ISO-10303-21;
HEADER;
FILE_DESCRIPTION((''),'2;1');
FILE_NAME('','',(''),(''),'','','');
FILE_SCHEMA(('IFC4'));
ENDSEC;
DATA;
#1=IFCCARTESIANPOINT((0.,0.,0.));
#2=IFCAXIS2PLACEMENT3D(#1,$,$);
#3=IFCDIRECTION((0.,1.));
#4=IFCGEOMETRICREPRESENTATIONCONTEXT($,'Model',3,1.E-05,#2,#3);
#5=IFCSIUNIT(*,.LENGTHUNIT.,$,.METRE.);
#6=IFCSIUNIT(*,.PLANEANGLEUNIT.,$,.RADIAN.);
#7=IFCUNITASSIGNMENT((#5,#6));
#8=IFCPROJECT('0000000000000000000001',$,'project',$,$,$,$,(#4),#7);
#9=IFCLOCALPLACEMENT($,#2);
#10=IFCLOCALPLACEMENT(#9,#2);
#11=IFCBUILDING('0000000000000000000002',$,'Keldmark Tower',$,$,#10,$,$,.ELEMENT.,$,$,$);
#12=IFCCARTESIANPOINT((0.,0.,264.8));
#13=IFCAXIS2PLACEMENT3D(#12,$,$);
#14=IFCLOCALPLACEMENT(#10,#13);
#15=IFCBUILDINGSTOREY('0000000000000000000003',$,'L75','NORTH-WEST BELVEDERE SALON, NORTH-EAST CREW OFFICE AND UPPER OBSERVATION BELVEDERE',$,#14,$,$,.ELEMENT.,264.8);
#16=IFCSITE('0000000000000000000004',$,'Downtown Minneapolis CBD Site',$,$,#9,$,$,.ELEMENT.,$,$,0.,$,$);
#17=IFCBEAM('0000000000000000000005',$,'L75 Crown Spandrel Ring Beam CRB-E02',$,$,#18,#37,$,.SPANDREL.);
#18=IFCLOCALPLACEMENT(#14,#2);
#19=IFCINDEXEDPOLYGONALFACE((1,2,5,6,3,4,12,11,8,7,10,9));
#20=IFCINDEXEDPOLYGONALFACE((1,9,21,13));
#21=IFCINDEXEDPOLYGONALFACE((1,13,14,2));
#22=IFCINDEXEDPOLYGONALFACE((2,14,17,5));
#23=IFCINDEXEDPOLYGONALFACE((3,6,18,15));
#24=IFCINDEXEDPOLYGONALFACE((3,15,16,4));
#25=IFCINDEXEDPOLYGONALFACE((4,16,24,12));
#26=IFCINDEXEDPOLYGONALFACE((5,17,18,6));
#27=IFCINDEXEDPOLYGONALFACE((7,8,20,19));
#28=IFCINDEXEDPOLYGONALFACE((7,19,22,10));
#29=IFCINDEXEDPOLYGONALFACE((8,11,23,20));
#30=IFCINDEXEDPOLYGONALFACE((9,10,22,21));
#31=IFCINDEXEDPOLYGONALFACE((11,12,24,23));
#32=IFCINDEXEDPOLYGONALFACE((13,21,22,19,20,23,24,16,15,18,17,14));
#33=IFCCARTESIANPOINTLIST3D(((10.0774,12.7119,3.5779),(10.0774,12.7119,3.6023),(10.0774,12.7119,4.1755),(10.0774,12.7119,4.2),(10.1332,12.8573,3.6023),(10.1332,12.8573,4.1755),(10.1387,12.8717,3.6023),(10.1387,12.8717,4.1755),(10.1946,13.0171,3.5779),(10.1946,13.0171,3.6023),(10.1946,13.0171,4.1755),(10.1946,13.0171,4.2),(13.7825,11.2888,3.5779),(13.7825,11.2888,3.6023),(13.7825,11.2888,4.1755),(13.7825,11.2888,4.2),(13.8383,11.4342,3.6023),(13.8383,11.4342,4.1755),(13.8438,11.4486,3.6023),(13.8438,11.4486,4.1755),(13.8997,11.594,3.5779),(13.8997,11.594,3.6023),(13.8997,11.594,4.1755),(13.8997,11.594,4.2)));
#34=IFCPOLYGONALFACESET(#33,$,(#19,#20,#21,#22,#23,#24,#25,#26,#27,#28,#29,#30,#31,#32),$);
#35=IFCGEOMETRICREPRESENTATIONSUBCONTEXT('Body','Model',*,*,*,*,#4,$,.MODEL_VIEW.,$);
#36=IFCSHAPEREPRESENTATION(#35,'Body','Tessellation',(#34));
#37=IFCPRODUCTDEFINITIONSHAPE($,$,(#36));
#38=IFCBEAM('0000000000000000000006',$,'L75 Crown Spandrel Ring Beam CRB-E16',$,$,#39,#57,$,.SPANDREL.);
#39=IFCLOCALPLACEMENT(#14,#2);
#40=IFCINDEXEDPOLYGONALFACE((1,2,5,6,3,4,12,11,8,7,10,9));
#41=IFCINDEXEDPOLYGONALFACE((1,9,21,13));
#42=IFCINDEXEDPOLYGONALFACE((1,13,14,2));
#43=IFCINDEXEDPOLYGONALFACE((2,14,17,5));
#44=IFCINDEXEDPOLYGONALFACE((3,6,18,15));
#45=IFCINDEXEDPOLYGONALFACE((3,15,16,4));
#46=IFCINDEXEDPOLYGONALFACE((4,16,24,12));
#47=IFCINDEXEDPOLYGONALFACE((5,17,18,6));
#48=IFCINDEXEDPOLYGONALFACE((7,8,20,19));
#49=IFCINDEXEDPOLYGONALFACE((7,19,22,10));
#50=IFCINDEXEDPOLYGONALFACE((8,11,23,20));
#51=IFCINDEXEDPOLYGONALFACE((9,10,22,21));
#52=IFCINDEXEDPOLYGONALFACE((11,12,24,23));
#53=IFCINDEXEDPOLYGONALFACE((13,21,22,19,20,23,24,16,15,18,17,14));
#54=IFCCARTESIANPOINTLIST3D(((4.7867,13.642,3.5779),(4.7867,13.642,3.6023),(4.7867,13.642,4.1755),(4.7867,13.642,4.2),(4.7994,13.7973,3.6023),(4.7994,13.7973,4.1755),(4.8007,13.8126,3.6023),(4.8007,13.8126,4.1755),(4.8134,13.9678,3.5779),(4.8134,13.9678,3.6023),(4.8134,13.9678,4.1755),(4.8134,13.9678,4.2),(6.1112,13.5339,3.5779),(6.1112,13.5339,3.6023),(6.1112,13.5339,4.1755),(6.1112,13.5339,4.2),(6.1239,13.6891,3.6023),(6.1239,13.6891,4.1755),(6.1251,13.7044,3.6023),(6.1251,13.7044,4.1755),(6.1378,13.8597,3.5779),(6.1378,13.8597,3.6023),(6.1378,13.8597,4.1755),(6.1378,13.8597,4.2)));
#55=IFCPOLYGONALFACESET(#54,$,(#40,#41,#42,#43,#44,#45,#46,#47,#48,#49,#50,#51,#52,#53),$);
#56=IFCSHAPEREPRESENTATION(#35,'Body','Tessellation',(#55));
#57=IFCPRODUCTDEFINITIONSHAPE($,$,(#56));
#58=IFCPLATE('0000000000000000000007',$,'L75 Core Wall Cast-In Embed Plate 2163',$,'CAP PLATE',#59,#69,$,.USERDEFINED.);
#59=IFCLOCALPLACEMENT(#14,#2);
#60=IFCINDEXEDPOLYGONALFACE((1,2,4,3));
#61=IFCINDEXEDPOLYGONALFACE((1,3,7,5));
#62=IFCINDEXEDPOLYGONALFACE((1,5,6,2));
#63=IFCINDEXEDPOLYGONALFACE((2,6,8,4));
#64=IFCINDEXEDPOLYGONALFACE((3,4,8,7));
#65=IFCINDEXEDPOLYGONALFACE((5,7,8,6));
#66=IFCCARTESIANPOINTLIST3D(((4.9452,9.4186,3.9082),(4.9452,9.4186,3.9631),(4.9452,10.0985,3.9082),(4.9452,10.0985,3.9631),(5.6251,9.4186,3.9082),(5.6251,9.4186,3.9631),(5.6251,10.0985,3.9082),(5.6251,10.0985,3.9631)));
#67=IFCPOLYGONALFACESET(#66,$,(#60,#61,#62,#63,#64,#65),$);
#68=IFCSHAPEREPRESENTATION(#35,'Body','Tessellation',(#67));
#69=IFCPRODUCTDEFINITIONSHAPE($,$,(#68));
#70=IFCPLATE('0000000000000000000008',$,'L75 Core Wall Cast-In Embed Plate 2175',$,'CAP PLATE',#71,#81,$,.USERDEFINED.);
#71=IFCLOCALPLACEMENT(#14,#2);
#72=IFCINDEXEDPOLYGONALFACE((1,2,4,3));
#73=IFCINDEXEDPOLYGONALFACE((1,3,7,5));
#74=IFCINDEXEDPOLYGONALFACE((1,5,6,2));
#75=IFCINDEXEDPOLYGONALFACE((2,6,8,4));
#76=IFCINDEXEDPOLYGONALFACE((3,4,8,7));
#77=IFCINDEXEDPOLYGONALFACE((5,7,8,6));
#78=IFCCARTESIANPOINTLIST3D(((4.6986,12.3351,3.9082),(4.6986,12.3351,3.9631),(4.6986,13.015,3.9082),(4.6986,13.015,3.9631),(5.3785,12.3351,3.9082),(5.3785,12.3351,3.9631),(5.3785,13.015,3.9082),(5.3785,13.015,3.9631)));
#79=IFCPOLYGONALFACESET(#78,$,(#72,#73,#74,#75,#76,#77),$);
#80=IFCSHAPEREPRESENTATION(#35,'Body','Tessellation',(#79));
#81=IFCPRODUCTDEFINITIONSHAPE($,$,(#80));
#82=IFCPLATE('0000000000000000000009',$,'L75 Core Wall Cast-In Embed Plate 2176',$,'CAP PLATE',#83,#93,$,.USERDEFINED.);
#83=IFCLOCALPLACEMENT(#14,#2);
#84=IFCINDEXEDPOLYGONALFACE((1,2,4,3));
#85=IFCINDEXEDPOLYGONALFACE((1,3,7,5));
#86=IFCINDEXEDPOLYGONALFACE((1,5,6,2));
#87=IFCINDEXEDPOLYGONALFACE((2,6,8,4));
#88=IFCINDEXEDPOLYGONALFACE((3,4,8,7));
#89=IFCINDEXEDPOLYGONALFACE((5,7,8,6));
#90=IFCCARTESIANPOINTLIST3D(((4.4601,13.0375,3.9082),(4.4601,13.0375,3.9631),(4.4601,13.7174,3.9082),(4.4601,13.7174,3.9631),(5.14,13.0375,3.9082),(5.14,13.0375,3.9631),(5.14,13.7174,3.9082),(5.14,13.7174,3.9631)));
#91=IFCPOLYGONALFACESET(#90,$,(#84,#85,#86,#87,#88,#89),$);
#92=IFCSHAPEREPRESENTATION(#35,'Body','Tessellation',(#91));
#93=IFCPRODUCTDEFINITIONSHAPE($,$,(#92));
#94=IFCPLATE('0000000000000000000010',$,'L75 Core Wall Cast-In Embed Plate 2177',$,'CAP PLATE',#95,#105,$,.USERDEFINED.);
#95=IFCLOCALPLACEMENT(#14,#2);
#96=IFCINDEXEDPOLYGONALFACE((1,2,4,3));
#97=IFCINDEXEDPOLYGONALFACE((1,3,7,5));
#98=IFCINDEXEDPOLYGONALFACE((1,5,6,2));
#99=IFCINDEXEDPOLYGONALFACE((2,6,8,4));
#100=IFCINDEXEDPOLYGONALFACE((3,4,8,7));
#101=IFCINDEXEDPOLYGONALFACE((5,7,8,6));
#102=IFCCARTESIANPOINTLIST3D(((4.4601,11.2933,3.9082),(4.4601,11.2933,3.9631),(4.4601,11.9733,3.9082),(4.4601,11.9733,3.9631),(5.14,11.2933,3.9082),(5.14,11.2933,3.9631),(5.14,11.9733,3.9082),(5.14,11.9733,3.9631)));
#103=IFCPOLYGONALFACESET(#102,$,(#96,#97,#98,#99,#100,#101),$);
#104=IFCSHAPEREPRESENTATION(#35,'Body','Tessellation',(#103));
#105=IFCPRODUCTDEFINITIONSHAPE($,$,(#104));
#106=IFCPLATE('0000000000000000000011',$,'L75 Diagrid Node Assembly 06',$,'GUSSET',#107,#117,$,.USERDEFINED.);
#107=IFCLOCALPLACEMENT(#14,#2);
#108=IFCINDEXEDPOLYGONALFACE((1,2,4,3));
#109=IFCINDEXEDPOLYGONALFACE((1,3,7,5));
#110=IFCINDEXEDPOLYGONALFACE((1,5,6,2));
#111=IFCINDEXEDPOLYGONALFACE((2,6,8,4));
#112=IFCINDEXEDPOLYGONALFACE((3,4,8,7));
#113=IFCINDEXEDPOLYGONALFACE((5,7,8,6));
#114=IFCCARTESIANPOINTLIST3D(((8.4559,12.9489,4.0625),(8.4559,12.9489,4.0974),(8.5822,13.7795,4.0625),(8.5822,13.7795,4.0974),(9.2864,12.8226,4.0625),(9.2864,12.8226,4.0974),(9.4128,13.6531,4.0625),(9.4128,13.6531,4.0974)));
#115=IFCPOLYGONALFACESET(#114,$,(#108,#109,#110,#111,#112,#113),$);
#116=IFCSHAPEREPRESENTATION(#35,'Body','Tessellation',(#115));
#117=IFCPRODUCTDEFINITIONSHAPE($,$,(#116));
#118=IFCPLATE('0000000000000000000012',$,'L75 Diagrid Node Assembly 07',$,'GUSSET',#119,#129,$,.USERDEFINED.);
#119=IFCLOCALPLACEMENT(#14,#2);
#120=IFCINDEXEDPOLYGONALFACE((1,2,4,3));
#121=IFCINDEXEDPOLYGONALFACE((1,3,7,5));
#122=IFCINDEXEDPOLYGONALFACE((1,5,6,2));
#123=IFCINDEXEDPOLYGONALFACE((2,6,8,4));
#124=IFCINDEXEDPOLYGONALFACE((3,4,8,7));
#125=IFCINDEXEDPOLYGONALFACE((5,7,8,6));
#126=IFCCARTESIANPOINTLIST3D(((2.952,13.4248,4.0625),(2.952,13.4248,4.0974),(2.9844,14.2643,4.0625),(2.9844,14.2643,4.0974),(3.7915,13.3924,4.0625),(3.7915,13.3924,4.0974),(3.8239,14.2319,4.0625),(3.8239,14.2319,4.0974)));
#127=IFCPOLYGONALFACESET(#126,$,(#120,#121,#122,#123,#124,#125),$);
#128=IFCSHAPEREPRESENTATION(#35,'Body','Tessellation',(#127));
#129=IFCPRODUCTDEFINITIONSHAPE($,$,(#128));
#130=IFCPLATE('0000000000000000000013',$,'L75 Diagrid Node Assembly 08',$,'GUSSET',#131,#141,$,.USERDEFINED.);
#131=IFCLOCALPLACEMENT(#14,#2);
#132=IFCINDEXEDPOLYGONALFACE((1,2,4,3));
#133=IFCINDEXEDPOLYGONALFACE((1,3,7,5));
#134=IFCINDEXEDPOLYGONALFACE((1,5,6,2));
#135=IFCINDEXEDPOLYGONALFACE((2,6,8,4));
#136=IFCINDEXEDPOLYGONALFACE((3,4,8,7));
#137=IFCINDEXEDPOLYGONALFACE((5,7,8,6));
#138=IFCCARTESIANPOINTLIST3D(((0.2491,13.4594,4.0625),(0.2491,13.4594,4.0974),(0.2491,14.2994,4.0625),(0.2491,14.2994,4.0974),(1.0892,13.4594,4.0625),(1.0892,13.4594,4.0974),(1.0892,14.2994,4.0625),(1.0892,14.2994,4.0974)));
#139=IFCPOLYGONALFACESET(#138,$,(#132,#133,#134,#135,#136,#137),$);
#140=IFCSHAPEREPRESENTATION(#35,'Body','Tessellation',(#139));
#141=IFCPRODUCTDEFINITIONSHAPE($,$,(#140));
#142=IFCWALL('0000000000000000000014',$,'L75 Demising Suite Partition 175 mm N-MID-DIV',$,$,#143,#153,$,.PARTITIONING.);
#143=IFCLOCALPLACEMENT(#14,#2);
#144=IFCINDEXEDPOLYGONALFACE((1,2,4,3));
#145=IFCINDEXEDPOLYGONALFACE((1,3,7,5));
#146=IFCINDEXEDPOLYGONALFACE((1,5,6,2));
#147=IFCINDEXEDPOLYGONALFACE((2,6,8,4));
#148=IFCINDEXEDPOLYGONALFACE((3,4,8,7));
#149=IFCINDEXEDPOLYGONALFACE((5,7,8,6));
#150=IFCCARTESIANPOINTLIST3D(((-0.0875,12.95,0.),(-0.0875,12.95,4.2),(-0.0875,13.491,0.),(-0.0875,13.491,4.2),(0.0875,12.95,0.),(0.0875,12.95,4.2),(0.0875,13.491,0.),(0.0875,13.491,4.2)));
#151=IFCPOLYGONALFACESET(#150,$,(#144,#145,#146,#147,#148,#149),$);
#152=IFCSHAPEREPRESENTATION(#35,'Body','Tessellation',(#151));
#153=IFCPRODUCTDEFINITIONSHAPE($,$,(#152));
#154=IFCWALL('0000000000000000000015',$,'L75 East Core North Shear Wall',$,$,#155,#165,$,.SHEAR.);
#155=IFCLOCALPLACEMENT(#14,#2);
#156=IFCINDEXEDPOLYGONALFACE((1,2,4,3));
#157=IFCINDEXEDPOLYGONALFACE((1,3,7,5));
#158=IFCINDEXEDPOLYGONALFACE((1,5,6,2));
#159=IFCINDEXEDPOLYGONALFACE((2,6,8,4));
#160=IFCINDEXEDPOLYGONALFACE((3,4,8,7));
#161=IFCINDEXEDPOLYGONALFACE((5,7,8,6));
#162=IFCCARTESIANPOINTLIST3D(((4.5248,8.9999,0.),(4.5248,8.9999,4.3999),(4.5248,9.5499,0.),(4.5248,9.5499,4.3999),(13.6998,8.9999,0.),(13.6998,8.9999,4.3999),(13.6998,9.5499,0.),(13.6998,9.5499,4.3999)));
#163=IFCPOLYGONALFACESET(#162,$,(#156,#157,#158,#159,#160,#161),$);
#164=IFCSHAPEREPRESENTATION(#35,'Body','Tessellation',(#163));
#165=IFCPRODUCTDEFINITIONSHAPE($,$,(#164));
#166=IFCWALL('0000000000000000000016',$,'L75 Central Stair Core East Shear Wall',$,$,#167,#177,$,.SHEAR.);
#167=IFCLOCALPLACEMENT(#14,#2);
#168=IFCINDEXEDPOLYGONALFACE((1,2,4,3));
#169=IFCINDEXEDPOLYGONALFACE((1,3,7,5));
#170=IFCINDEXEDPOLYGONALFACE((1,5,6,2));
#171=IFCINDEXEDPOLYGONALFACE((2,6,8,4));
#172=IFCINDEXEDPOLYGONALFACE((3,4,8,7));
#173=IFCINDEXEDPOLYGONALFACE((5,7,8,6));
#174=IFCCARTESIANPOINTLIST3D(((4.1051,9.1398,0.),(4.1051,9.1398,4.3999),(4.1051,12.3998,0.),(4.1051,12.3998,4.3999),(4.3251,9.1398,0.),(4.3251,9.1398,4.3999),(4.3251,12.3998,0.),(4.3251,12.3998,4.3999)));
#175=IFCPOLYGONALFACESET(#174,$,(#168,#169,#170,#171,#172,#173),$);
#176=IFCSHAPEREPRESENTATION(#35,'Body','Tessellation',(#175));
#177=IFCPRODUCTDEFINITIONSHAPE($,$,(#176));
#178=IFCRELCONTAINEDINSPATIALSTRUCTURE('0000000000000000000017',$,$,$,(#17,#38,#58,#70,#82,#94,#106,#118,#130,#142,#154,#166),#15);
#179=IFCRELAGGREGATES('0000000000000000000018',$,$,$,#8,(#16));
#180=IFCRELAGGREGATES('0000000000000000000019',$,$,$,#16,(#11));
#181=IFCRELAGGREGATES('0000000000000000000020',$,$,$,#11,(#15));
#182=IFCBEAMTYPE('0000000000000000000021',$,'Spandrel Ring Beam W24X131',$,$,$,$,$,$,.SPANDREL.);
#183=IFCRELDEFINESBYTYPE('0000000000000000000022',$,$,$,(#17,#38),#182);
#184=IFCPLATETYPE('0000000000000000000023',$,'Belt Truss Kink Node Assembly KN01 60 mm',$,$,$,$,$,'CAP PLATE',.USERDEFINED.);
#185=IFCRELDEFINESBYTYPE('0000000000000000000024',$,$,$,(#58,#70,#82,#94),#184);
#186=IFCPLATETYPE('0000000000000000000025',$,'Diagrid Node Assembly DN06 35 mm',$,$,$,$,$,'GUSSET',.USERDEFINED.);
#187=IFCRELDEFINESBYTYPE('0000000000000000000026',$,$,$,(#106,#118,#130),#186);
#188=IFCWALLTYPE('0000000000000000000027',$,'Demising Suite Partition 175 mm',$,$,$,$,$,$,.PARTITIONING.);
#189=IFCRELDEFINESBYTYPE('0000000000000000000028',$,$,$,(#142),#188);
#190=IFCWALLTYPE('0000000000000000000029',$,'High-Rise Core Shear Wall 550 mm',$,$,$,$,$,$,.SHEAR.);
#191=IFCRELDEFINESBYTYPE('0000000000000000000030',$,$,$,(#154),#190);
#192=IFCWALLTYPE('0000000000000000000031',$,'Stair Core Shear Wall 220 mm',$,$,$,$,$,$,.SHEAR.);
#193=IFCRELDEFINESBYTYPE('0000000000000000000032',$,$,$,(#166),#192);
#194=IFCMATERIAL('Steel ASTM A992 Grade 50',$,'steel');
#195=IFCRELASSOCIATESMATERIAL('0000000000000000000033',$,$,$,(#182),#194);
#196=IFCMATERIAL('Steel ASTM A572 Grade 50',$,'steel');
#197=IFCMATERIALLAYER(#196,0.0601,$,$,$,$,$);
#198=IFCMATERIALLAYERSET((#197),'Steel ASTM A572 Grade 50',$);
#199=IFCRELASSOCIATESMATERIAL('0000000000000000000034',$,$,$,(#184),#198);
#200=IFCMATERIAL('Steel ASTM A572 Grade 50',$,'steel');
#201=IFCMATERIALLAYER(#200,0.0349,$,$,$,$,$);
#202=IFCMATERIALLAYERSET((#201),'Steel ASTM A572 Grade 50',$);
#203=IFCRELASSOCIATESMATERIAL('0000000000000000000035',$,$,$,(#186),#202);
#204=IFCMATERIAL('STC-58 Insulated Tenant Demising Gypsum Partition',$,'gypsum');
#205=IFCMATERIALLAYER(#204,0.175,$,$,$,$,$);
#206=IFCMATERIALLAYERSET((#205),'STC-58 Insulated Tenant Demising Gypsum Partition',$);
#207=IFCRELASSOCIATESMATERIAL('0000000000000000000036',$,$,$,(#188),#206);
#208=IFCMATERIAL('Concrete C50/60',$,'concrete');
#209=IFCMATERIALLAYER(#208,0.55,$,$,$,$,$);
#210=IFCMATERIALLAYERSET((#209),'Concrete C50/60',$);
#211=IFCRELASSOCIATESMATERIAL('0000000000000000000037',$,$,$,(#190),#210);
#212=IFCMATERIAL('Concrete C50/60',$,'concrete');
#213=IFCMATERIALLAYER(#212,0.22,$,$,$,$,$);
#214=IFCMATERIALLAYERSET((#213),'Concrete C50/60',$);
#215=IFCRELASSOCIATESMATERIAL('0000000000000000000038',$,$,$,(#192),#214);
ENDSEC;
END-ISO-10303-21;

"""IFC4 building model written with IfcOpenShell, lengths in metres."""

from ifc_helpers import new_model, si_unit, direction, frame, frame_2d, origin, origin_2d, place, context, subcontext, project, spatial, rectangle, i_section, extrude, material, layer, layer_set, material_profile, profile_set, type_object, element, save


model = new_model("IFC4")

# Units and contexts
model_context = context("Model", 3, precision=1e-05, world=origin(), true_north=direction((0.0, 1.0)))
body_context = subcontext(model_context, "Body", "Model", "MODEL_VIEW")
ifc_project = project(units=[si_unit("LENGTHUNIT", "METRE"), si_unit("PLANEANGLEUNIT", "RADIAN")], contexts=[model_context])

# Site, building, storey
site_placement = place(None, origin())
site = spatial("IfcSite", under=ifc_project, at=site_placement, Name="Downtown Minneapolis CBD Site", CompositionType="ELEMENT", RefElevation=0.0)
building_placement = place(site_placement, origin())
building = spatial("IfcBuilding", under=site, at=building_placement, Name="Keldmark Tower", CompositionType="ELEMENT")
storey_placement = place(building_placement, frame((0.0, 0.0, 264.8)))
storey = spatial("IfcBuildingStorey", under=building, at=storey_placement, Name="L75", Description="NORTH-WEST BELVEDERE SALON, NORTH-EAST CREW OFFICE AND UPPER OBSERVATION BELVEDERE", CompositionType="ELEMENT", Elevation=264.8)

# Beams
ifc_material_1 = material(Name="Steel ASTM A992 Grade 50", Category="steel")
ifc_material_profile_1 = material_profile(ifc_material_1, i_section(OverallWidth=0.3269, OverallDepth=0.6221, WebThickness=0.0154, FlangeThickness=0.0244, at=origin_2d()), Name="W24X131")
ifc_profile_set_1 = profile_set([ifc_material_profile_1], Name="Steel ASTM A992 Grade 50")
beam_type_1 = type_object("IfcBeamType", Name="Spandrel Ring Beam W24X131", PredefinedType="SPANDREL", material=ifc_profile_set_1)
beam_1_placement = place(storey_placement, frame((10.136, 12.8645, 3.8889), z_axis=(0.933509, -0.358554, 0.0), x_axis=(0.358554, 0.933509, 0.0)))
element("IfcBeam", 1, at=beam_1_placement, inside=storey, type_object=beam_type_1, Name="L75 Crown Spandrel Ring Beam CRB-E02", PredefinedType="SPANDREL", context=body_context, shape_type="SweptSolid", body=[
    extrude(i_section(OverallWidth=0.3269, OverallDepth=0.6221, WebThickness=0.0154, FlangeThickness=0.0244, at=origin_2d()), origin(), (0.0, 0.0, 1.0), 3.969),
])
beam_2_placement = place(storey_placement, frame((4.8, 13.8049, 3.8889), z_axis=(0.996682, -0.081388, 0.0), x_axis=(0.081388, 0.996682, 0.0)))
element("IfcBeam", 2, at=beam_2_placement, inside=storey, type_object=beam_type_1, Name="L75 Crown Spandrel Ring Beam CRB-E16", PredefinedType="SPANDREL", context=body_context, shape_type="SweptSolid", body=[
    extrude(i_section(OverallWidth=0.3269, OverallDepth=0.6221, WebThickness=0.0154, FlangeThickness=0.0244, at=origin_2d()), origin(), (0.0, 0.0, 1.0), 1.3289),
])

# Plates
ifc_material_2 = material(Name="Steel ASTM A572 Grade 50", Category="steel")
ifc_layer_1 = layer(ifc_material_2, 0.0601)
ifc_layer_set_1 = layer_set([ifc_layer_1], Name="Steel ASTM A572 Grade 50")
plate_type_1 = type_object("IfcPlateType", Name="Belt Truss Kink Node Assembly KN01 60 mm", ElementType="CAP PLATE", PredefinedType="USERDEFINED", material=ifc_layer_set_1)
for number, where, z_axis, x_axis, name in (
    (3, (5.2852, 9.7585, 3.9082), (0.0, 0.0, 1.0), (1.0, 0.0, 0.0), "L75 Core Wall Cast-In Embed Plate 2163"),
    (4, (5.0386, 12.675, 3.9082), (0.0, 0.0, 1.0), (1.0, 0.0, 0.0), "L75 Core Wall Cast-In Embed Plate 2175"),
    (5, (4.8, 13.3774, 3.9082), (0.0, 0.0, 1.0), (1.0, 0.0, 0.0), "L75 Core Wall Cast-In Embed Plate 2176"),
    (6, (4.8, 11.6333, 3.9082), (0.0, 0.0, 1.0), (1.0, 0.0, 0.0), "L75 Core Wall Cast-In Embed Plate 2177"),
):
    element("IfcPlate", number, at=place(storey_placement, frame(where, z_axis=z_axis, x_axis=x_axis)), inside=storey, type_object=plate_type_1, Name=name, ObjectType="CAP PLATE", PredefinedType="USERDEFINED", context=body_context, shape_type="SweptSolid", body=[
        extrude(rectangle(XDim=0.6799, YDim=0.6799, at=origin_2d()), origin(), (0.0, 0.0, 1.0), 0.0549),
    ])
ifc_material_3 = material(Name="Steel ASTM A572 Grade 50", Category="steel")
ifc_layer_2 = layer(ifc_material_3, 0.0349)
ifc_layer_set_2 = layer_set([ifc_layer_2], Name="Steel ASTM A572 Grade 50")
plate_type_2 = type_object("IfcPlateType", Name="Diagrid Node Assembly DN06 35 mm", ElementType="GUSSET", PredefinedType="USERDEFINED", material=ifc_layer_set_2)
for number, where, z_axis, x_axis, name in (
    (7, (8.9343, 13.301, 4.0625), (0.0, 0.0, 1.0), (-0.988626, 0.150398, 0.0), "L75 Diagrid Node Assembly 06"),
    (8, (3.3879, 13.8284, 4.0625), (0.0, 0.0, 1.0), (-0.999256, 0.038562, 0.0), "L75 Diagrid Node Assembly 07"),
    (9, (0.6692, 13.8794, 4.0625), (0.0, 0.0, 1.0), (-1.0, 0.0, 0.0), "L75 Diagrid Node Assembly 08"),
):
    element("IfcPlate", number, at=place(storey_placement, frame(where, z_axis=z_axis, x_axis=x_axis)), inside=storey, type_object=plate_type_2, Name=name, ObjectType="GUSSET", PredefinedType="USERDEFINED", context=body_context, shape_type="SweptSolid", body=[
        extrude(rectangle(XDim=0.8401, YDim=0.8401, at=origin_2d()), origin(), (0.0, 0.0, 1.0), 0.0349),
    ])

# Walls
ifc_material_4 = material(Name="STC-58 Insulated Tenant Demising Gypsum Partition", Category="gypsum")
ifc_layer_3 = layer(ifc_material_4, 0.175)
ifc_layer_set_3 = layer_set([ifc_layer_3], Name="STC-58 Insulated Tenant Demising Gypsum Partition")
wall_type_1 = type_object("IfcWallType", Name="Demising Suite Partition 175 mm", PredefinedType="PARTITIONING", material=ifc_layer_set_3)
wall_1_placement = place(storey_placement, frame((0.0, 12.95, 0.0), z_axis=(0.0, 0.0, 1.0), x_axis=(0.0, 1.0, 0.0)))
element("IfcWall", 10, at=wall_1_placement, inside=storey, type_object=wall_type_1, Name="L75 Demising Suite Partition 175 mm N-MID-DIV", PredefinedType="PARTITIONING", context=body_context, shape_type="SweptSolid", body=[
    extrude(rectangle(XDim=0.541, YDim=0.175, at=frame_2d((0.2705, 0.0))), origin(), (0.0, 0.0, 1.0), 4.2),
])
ifc_material_5 = material(Name="Concrete C50/60", Category="concrete")
ifc_layer_4 = layer(ifc_material_5, 0.55)
ifc_layer_set_4 = layer_set([ifc_layer_4], Name="Concrete C50/60")
wall_type_2 = type_object("IfcWallType", Name="High-Rise Core Shear Wall 550 mm", PredefinedType="SHEAR", material=ifc_layer_set_4)
wall_2_placement = place(storey_placement, frame((4.5249, 9.2749, 0.0), z_axis=(0.0, 0.0, 1.0), x_axis=(1.0, 0.0, 0.0)))
element("IfcWall", 11, at=wall_2_placement, inside=storey, type_object=wall_type_2, Name="L75 East Core North Shear Wall", PredefinedType="SHEAR", context=body_context, shape_type="SweptSolid", body=[
    extrude(rectangle(XDim=9.175, YDim=0.55, at=frame_2d((4.5874, 0.0))), origin(), (0.0, 0.0, 1.0), 4.3999),
])
ifc_material_6 = material(Name="Concrete C50/60", Category="concrete")
ifc_layer_5 = layer(ifc_material_6, 0.22)
ifc_layer_set_5 = layer_set([ifc_layer_5], Name="Concrete C50/60")
wall_type_3 = type_object("IfcWallType", Name="Stair Core Shear Wall 220 mm", PredefinedType="SHEAR", material=ifc_layer_set_5)
wall_3_placement = place(storey_placement, frame((4.2151, 9.1399, 0.0), z_axis=(0.0, 0.0, 1.0), x_axis=(0.0, 1.0, 0.0)))
element("IfcWall", 12, at=wall_3_placement, inside=storey, type_object=wall_type_3, Name="L75 Central Stair Core East Shear Wall", PredefinedType="SHEAR", context=body_context, shape_type="SweptSolid", body=[
    extrude(rectangle(XDim=3.26, YDim=0.22, at=frame_2d((1.6299, 0.0))), origin(), (0.0, 0.0, 1.0), 4.3999),
])

save(model, "model.ifc")
